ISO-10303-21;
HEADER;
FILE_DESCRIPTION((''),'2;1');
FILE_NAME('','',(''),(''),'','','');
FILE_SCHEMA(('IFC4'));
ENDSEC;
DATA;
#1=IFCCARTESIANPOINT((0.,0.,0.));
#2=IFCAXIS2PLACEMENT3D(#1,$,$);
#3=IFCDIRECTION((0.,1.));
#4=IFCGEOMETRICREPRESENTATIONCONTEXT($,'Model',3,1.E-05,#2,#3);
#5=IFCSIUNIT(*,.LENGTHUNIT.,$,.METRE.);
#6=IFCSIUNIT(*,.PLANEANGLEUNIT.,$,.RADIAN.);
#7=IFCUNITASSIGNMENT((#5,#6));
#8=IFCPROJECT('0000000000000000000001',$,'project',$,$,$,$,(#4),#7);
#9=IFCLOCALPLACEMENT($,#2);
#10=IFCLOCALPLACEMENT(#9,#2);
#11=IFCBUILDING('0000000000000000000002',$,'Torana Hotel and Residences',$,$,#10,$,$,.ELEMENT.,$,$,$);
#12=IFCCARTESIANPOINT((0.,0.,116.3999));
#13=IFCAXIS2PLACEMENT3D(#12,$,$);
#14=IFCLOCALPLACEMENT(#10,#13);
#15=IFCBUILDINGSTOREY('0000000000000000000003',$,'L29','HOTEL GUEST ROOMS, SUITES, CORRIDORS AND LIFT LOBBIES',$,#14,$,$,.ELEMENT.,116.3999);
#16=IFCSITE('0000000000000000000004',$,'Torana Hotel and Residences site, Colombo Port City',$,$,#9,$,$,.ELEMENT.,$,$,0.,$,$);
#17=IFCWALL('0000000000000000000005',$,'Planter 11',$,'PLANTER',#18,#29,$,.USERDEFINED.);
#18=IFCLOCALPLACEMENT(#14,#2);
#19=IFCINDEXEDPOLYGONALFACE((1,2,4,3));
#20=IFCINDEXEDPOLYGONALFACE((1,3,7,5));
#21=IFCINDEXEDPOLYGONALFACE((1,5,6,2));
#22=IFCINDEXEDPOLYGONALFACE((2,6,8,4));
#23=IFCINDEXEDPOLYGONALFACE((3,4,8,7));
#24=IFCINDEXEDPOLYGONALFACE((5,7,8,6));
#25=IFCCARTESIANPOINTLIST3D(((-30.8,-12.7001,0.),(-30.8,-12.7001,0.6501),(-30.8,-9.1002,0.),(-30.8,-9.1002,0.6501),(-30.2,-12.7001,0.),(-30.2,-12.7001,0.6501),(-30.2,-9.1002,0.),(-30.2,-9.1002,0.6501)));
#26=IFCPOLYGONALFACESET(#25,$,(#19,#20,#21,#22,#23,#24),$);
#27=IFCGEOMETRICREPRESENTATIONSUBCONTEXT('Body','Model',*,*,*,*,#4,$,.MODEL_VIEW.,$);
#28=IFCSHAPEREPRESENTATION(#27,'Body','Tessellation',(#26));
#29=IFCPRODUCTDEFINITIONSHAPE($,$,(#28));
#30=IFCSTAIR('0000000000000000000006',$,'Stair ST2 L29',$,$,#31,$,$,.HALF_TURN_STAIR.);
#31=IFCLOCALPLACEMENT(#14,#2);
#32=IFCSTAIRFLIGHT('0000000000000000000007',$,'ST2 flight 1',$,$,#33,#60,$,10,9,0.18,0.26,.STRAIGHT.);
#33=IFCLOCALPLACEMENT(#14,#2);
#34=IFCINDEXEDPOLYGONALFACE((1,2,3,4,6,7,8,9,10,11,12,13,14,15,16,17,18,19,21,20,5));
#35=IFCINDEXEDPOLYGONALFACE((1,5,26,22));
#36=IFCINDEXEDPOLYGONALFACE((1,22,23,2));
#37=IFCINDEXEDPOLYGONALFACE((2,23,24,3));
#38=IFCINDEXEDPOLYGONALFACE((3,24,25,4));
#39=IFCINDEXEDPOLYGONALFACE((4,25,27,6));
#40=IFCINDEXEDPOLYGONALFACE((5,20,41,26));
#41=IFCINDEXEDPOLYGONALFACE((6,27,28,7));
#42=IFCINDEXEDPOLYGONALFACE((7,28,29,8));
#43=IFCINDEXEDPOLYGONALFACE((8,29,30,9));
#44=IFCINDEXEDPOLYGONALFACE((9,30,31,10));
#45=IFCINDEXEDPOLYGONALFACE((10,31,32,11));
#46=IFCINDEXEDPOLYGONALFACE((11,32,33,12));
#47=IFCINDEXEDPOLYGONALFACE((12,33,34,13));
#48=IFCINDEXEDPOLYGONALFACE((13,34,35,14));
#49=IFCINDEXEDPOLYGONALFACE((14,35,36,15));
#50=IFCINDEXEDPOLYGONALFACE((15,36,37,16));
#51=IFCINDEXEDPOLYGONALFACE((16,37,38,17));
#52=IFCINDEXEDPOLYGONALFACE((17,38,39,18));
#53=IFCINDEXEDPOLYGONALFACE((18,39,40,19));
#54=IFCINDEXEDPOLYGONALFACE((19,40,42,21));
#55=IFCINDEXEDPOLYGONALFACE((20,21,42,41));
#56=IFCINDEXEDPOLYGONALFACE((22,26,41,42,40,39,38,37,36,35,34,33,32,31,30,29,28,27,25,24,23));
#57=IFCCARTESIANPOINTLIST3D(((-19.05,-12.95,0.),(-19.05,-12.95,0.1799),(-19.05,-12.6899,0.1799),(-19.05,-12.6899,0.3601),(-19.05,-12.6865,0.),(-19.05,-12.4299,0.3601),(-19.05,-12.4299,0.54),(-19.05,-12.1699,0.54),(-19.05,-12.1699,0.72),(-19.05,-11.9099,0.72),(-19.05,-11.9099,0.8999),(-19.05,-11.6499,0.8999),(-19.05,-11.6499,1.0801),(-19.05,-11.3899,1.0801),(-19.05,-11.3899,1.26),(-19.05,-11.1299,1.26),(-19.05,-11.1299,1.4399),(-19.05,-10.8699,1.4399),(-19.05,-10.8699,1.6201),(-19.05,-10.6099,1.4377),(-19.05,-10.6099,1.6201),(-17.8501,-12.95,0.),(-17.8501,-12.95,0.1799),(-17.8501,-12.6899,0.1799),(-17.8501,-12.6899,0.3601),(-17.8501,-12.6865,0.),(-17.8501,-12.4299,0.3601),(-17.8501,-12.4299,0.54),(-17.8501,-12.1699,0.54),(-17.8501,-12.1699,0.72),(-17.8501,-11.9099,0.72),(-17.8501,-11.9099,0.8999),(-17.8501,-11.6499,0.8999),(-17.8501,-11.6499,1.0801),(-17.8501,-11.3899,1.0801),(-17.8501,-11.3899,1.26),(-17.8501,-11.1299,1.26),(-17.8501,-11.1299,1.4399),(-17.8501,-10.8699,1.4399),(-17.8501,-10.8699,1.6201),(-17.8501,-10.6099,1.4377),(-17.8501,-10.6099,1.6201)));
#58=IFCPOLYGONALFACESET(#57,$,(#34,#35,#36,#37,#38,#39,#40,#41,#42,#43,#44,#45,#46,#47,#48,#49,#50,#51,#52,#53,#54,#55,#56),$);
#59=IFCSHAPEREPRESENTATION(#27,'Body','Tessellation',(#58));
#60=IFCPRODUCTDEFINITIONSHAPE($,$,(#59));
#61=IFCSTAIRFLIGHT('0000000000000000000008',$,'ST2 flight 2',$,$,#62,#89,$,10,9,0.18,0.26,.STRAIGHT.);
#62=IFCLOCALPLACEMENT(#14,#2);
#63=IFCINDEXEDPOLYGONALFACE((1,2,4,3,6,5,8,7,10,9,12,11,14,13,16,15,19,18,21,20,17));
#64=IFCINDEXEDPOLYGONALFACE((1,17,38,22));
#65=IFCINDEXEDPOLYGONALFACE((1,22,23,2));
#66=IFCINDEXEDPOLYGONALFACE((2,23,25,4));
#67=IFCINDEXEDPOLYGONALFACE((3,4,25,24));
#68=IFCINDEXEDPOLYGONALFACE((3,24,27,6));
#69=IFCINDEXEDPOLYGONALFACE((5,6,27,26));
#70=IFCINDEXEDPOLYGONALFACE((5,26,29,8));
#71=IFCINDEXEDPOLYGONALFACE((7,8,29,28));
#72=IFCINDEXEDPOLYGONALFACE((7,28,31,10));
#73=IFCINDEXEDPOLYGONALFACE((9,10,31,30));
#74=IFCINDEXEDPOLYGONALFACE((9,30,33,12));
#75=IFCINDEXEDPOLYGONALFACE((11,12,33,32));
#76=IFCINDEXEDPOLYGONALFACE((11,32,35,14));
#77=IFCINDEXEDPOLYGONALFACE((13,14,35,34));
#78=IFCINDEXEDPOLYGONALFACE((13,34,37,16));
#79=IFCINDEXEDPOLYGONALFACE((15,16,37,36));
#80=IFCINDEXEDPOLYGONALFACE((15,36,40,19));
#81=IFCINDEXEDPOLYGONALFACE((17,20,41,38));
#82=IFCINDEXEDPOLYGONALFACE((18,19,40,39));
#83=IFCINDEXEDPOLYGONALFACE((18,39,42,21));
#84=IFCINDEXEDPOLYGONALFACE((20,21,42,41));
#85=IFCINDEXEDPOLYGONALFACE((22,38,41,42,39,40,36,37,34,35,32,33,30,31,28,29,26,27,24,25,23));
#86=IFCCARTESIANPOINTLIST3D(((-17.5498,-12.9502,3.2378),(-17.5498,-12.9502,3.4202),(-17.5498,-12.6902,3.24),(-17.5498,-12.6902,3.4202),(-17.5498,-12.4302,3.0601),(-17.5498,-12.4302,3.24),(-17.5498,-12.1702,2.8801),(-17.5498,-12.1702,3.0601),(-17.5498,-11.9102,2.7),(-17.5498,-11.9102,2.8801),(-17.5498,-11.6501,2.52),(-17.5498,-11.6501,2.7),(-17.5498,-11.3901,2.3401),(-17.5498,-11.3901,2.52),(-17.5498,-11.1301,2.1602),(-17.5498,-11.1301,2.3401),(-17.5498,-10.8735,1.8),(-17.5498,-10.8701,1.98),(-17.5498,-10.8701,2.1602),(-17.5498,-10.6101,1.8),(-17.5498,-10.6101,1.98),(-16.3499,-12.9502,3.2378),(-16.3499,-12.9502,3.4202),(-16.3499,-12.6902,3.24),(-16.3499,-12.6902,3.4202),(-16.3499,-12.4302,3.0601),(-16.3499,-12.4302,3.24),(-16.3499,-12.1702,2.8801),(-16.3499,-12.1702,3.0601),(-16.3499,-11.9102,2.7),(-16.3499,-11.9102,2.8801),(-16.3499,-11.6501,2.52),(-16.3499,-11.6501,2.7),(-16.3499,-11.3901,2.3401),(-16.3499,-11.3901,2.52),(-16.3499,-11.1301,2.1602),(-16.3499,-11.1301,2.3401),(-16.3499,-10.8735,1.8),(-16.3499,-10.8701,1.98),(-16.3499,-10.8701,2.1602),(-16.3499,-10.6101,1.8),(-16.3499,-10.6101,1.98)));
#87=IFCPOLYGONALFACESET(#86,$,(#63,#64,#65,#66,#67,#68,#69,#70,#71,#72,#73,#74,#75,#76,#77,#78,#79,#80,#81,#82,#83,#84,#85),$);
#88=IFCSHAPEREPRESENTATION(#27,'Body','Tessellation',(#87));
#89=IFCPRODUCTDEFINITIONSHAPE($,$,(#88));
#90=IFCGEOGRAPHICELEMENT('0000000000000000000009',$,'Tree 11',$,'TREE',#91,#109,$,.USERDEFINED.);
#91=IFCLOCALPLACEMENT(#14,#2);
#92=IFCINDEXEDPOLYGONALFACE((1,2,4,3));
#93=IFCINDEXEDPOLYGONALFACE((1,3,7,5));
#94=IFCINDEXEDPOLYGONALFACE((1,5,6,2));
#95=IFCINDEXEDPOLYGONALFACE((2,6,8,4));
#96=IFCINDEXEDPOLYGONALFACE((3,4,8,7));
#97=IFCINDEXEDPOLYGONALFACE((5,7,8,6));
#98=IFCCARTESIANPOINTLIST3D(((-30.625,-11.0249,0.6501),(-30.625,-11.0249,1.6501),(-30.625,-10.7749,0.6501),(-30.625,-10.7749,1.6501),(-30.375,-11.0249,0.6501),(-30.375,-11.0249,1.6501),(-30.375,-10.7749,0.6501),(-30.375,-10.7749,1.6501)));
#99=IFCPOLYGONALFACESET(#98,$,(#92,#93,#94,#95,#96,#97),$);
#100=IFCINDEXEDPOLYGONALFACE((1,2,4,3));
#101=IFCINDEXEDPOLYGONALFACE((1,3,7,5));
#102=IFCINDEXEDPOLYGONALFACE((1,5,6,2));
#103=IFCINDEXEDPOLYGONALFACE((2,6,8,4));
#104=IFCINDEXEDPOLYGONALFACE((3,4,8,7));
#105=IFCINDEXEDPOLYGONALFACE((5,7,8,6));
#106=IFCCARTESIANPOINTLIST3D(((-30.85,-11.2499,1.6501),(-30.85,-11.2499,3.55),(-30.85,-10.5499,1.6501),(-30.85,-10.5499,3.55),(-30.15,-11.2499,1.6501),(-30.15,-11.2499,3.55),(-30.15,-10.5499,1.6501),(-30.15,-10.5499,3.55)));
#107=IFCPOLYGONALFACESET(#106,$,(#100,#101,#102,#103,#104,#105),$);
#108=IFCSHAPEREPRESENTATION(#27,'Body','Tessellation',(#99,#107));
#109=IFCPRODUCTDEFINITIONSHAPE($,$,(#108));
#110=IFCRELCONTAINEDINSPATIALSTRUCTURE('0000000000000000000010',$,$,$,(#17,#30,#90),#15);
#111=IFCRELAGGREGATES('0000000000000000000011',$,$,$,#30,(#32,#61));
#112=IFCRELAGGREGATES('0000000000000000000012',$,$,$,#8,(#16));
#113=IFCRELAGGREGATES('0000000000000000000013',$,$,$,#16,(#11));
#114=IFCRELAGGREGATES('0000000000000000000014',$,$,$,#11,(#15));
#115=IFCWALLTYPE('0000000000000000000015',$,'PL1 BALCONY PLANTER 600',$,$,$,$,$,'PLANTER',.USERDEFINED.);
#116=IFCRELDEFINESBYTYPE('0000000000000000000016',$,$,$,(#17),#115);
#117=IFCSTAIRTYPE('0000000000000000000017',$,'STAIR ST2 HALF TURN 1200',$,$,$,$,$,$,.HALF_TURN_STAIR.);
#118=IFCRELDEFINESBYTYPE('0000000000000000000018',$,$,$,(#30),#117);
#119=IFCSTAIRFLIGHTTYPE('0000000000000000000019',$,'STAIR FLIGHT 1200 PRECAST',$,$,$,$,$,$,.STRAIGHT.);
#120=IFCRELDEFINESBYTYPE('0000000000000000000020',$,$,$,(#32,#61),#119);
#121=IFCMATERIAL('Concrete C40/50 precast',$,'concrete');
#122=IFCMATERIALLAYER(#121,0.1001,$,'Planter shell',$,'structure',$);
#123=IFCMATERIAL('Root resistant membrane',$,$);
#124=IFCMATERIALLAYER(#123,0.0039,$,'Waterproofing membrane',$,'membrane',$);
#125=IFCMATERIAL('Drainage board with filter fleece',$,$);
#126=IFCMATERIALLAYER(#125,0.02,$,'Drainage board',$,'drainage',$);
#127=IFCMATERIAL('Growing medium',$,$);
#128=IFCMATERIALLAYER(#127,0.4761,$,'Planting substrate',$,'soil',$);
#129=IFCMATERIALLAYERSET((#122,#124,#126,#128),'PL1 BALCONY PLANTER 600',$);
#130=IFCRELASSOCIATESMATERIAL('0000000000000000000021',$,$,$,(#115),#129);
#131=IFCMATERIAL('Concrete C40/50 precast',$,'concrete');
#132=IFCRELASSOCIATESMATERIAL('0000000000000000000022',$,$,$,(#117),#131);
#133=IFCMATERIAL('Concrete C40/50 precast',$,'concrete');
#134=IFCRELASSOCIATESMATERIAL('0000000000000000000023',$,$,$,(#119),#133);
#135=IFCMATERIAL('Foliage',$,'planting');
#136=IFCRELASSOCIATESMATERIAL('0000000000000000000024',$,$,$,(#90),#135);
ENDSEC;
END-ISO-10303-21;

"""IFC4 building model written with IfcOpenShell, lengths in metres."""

from ifc_helpers import new_model, si_unit, direction, frame, frame_2d, origin, origin_2d, place, context, subcontext, project, spatial, polyline, rectangle, outline, extrude, material, layer, layer_set, type_object, element, aggregate, save


model = new_model("IFC4")

# Units and contexts
model_context = context("Model", 3, precision=1e-05, world=origin(), true_north=direction((0.0, 1.0)))
body_context = subcontext(model_context, "Body", "Model", "MODEL_VIEW")
ifc_project = project(units=[si_unit("LENGTHUNIT", "METRE"), si_unit("PLANEANGLEUNIT", "RADIAN")], contexts=[model_context])

# Site, building, storey
site_placement = place(None, origin())
site = spatial("IfcSite", under=ifc_project, at=site_placement, Name="Torana Hotel and Residences site, Colombo Port City", CompositionType="ELEMENT", RefElevation=0.0)
building_placement = place(site_placement, origin())
building = spatial("IfcBuilding", under=site, at=building_placement, Name="Torana Hotel and Residences", CompositionType="ELEMENT")
storey_placement = place(building_placement, frame((0.0, 0.0, 116.3999)))
storey = spatial("IfcBuildingStorey", under=building, at=storey_placement, Name="L29", Description="HOTEL GUEST ROOMS, SUITES, CORRIDORS AND LIFT LOBBIES", CompositionType="ELEMENT", Elevation=116.3999)

# Wall
ifc_material_1 = material(Name="Concrete C40/50 precast", Category="concrete")
ifc_layer_1 = layer(ifc_material_1, 0.1001, Name="Planter shell", Category="structure")
ifc_material_2 = material(Name="Root resistant membrane")
ifc_layer_2 = layer(ifc_material_2, 0.0039, Name="Waterproofing membrane", Category="membrane")
ifc_material_3 = material(Name="Drainage board with filter fleece")
ifc_layer_3 = layer(ifc_material_3, 0.02, Name="Drainage board", Category="drainage")
ifc_material_4 = material(Name="Growing medium")
ifc_layer_4 = layer(ifc_material_4, 0.4761, Name="Planting substrate", Category="soil")
ifc_layer_set_1 = layer_set([ifc_layer_1, ifc_layer_2, ifc_layer_3, ifc_layer_4], Name="PL1 BALCONY PLANTER 600")
wall_type_1 = type_object("IfcWallType", Name="PL1 BALCONY PLANTER 600", ElementType="PLANTER", PredefinedType="USERDEFINED", material=ifc_layer_set_1)
wall_1_placement = place(storey_placement, frame((-30.5, -12.7, 0.0), z_axis=(0.0, 0.0, 1.0), x_axis=(0.0, 1.0, 0.0)))
element("IfcWall", 1, at=wall_1_placement, inside=storey, type_object=wall_type_1, Name="Planter 11", ObjectType="PLANTER", PredefinedType="USERDEFINED", context=body_context, shape_type="SweptSolid", body=[
    extrude(rectangle(XDim=3.5999, YDim=0.6001, at=frame_2d((1.7998, 0.0))), origin(), (0.0, 0.0, 1.0), 0.6501),
])

# Stair, stair flights
ifc_material_5 = material(Name="Concrete C40/50 precast", Category="concrete")
stair_type = type_object("IfcStairType", Name="STAIR ST2 HALF TURN 1200", PredefinedType="HALF_TURN_STAIR", material=ifc_material_5)
stair_placement = place(storey_placement, origin())
stair = element("IfcStair", 2, at=stair_placement, inside=storey, type_object=stair_type, Name="Stair ST2 L29", PredefinedType="HALF_TURN_STAIR")
ifc_material_6 = material(Name="Concrete C40/50 precast", Category="concrete")
stair_flight_type = type_object("IfcStairFlightType", Name="STAIR FLIGHT 1200 PRECAST", PredefinedType="STRAIGHT", material=ifc_material_6)
stair_flight_1_placement = place(storey_placement, frame((-18.45, -12.95, 0.0), z_axis=(0.0, 0.0, 1.0), x_axis=(0.0, 1.0, 0.0)))
stair_flight_1 = element("IfcStairFlight", 3, at=stair_flight_1_placement, type_object=stair_flight_type, Name="ST2 flight 1", NumberOfRisers=10, NumberOfTreads=9, PredefinedType="STRAIGHT", RiserHeight=0.18, TreadLength=0.26, context=body_context, shape_type="SweptSolid", body=[
    extrude(outline(polyline([(0.0, 0.0), (0.0, 0.1799), (0.26, 0.1799), (0.26, 0.3601), (0.52, 0.3601), (0.52, 0.54), (0.78, 0.54), (0.78, 0.72), (1.04, 0.72), (1.04, 0.8999), (1.3, 0.8999), (1.3, 1.0801), (1.5601, 1.0801), (1.5601, 1.26), (1.8201, 1.26), (1.8201, 1.4399), (2.0801, 1.4399), (2.0801, 1.6201), (2.3401, 1.6201), (2.3401, 1.8), (2.3401, 1.4377), (0.2634, 0.0), (0.0, 0.0)])), frame((0.0, 0.6001, 0.0), z_axis=(0.0, -1.0, 0.0), x_axis=(1.0, 0.0, 0.0)), (0.0, 0.0, 1.0), 1.2),
])
stair_flight_2_placement = place(storey_placement, frame((-16.95, -10.6101, 1.8), z_axis=(0.0, 0.0, 1.0), x_axis=(0.0, -1.0, 0.0)))
stair_flight_2 = element("IfcStairFlight", 4, at=stair_flight_2_placement, type_object=stair_flight_type, Name="ST2 flight 2", NumberOfRisers=10, NumberOfTreads=9, PredefinedType="STRAIGHT", RiserHeight=0.18, TreadLength=0.26, context=body_context, shape_type="SweptSolid", body=[
    extrude(outline(polyline([(0.0, 0.0), (0.0, 0.1799), (0.26, 0.1799), (0.26, 0.3601), (0.52, 0.3601), (0.52, 0.54), (0.78, 0.54), (0.78, 0.72), (1.04, 0.72), (1.04, 0.8999), (1.3, 0.8999), (1.3, 1.0801), (1.5601, 1.0801), (1.5601, 1.26), (1.8201, 1.26), (1.8201, 1.4399), (2.0801, 1.4399), (2.0801, 1.6201), (2.3401, 1.6201), (2.3401, 1.8), (2.3401, 1.4377), (0.2634, 0.0), (0.0, 0.0)])), frame((0.0, 0.6001, 0.0), z_axis=(0.0, -1.0, 0.0), x_axis=(1.0, 0.0, 0.0)), (0.0, 0.0, 1.0), 1.2),
])
aggregate(stair, [stair_flight_1, stair_flight_2])

# Geographic element
ifc_material_7 = material(Name="Foliage", Category="planting")
geographic_element_placement = place(storey_placement, frame((-30.5, -10.8999, 0.6501), z_axis=(0.0, 0.0, 1.0), x_axis=(1.0, 0.0, 0.0)))
element("IfcGeographicElement", 5, at=geographic_element_placement, inside=storey, material=ifc_material_7, Name="Tree 11", ObjectType="TREE", PredefinedType="USERDEFINED", context=body_context, shape_type="SweptSolid", body=[
    extrude(rectangle(XDim=0.25, YDim=0.25, at=origin_2d()), origin(), (0.0, 0.0, 1.0), 1.0),
    extrude(rectangle(XDim=0.7, YDim=0.7, at=origin_2d()), frame((0.0, 0.0, 1.0)), (0.0, 0.0, 1.0), 1.8999),
])

save(model, "model.ifc")
